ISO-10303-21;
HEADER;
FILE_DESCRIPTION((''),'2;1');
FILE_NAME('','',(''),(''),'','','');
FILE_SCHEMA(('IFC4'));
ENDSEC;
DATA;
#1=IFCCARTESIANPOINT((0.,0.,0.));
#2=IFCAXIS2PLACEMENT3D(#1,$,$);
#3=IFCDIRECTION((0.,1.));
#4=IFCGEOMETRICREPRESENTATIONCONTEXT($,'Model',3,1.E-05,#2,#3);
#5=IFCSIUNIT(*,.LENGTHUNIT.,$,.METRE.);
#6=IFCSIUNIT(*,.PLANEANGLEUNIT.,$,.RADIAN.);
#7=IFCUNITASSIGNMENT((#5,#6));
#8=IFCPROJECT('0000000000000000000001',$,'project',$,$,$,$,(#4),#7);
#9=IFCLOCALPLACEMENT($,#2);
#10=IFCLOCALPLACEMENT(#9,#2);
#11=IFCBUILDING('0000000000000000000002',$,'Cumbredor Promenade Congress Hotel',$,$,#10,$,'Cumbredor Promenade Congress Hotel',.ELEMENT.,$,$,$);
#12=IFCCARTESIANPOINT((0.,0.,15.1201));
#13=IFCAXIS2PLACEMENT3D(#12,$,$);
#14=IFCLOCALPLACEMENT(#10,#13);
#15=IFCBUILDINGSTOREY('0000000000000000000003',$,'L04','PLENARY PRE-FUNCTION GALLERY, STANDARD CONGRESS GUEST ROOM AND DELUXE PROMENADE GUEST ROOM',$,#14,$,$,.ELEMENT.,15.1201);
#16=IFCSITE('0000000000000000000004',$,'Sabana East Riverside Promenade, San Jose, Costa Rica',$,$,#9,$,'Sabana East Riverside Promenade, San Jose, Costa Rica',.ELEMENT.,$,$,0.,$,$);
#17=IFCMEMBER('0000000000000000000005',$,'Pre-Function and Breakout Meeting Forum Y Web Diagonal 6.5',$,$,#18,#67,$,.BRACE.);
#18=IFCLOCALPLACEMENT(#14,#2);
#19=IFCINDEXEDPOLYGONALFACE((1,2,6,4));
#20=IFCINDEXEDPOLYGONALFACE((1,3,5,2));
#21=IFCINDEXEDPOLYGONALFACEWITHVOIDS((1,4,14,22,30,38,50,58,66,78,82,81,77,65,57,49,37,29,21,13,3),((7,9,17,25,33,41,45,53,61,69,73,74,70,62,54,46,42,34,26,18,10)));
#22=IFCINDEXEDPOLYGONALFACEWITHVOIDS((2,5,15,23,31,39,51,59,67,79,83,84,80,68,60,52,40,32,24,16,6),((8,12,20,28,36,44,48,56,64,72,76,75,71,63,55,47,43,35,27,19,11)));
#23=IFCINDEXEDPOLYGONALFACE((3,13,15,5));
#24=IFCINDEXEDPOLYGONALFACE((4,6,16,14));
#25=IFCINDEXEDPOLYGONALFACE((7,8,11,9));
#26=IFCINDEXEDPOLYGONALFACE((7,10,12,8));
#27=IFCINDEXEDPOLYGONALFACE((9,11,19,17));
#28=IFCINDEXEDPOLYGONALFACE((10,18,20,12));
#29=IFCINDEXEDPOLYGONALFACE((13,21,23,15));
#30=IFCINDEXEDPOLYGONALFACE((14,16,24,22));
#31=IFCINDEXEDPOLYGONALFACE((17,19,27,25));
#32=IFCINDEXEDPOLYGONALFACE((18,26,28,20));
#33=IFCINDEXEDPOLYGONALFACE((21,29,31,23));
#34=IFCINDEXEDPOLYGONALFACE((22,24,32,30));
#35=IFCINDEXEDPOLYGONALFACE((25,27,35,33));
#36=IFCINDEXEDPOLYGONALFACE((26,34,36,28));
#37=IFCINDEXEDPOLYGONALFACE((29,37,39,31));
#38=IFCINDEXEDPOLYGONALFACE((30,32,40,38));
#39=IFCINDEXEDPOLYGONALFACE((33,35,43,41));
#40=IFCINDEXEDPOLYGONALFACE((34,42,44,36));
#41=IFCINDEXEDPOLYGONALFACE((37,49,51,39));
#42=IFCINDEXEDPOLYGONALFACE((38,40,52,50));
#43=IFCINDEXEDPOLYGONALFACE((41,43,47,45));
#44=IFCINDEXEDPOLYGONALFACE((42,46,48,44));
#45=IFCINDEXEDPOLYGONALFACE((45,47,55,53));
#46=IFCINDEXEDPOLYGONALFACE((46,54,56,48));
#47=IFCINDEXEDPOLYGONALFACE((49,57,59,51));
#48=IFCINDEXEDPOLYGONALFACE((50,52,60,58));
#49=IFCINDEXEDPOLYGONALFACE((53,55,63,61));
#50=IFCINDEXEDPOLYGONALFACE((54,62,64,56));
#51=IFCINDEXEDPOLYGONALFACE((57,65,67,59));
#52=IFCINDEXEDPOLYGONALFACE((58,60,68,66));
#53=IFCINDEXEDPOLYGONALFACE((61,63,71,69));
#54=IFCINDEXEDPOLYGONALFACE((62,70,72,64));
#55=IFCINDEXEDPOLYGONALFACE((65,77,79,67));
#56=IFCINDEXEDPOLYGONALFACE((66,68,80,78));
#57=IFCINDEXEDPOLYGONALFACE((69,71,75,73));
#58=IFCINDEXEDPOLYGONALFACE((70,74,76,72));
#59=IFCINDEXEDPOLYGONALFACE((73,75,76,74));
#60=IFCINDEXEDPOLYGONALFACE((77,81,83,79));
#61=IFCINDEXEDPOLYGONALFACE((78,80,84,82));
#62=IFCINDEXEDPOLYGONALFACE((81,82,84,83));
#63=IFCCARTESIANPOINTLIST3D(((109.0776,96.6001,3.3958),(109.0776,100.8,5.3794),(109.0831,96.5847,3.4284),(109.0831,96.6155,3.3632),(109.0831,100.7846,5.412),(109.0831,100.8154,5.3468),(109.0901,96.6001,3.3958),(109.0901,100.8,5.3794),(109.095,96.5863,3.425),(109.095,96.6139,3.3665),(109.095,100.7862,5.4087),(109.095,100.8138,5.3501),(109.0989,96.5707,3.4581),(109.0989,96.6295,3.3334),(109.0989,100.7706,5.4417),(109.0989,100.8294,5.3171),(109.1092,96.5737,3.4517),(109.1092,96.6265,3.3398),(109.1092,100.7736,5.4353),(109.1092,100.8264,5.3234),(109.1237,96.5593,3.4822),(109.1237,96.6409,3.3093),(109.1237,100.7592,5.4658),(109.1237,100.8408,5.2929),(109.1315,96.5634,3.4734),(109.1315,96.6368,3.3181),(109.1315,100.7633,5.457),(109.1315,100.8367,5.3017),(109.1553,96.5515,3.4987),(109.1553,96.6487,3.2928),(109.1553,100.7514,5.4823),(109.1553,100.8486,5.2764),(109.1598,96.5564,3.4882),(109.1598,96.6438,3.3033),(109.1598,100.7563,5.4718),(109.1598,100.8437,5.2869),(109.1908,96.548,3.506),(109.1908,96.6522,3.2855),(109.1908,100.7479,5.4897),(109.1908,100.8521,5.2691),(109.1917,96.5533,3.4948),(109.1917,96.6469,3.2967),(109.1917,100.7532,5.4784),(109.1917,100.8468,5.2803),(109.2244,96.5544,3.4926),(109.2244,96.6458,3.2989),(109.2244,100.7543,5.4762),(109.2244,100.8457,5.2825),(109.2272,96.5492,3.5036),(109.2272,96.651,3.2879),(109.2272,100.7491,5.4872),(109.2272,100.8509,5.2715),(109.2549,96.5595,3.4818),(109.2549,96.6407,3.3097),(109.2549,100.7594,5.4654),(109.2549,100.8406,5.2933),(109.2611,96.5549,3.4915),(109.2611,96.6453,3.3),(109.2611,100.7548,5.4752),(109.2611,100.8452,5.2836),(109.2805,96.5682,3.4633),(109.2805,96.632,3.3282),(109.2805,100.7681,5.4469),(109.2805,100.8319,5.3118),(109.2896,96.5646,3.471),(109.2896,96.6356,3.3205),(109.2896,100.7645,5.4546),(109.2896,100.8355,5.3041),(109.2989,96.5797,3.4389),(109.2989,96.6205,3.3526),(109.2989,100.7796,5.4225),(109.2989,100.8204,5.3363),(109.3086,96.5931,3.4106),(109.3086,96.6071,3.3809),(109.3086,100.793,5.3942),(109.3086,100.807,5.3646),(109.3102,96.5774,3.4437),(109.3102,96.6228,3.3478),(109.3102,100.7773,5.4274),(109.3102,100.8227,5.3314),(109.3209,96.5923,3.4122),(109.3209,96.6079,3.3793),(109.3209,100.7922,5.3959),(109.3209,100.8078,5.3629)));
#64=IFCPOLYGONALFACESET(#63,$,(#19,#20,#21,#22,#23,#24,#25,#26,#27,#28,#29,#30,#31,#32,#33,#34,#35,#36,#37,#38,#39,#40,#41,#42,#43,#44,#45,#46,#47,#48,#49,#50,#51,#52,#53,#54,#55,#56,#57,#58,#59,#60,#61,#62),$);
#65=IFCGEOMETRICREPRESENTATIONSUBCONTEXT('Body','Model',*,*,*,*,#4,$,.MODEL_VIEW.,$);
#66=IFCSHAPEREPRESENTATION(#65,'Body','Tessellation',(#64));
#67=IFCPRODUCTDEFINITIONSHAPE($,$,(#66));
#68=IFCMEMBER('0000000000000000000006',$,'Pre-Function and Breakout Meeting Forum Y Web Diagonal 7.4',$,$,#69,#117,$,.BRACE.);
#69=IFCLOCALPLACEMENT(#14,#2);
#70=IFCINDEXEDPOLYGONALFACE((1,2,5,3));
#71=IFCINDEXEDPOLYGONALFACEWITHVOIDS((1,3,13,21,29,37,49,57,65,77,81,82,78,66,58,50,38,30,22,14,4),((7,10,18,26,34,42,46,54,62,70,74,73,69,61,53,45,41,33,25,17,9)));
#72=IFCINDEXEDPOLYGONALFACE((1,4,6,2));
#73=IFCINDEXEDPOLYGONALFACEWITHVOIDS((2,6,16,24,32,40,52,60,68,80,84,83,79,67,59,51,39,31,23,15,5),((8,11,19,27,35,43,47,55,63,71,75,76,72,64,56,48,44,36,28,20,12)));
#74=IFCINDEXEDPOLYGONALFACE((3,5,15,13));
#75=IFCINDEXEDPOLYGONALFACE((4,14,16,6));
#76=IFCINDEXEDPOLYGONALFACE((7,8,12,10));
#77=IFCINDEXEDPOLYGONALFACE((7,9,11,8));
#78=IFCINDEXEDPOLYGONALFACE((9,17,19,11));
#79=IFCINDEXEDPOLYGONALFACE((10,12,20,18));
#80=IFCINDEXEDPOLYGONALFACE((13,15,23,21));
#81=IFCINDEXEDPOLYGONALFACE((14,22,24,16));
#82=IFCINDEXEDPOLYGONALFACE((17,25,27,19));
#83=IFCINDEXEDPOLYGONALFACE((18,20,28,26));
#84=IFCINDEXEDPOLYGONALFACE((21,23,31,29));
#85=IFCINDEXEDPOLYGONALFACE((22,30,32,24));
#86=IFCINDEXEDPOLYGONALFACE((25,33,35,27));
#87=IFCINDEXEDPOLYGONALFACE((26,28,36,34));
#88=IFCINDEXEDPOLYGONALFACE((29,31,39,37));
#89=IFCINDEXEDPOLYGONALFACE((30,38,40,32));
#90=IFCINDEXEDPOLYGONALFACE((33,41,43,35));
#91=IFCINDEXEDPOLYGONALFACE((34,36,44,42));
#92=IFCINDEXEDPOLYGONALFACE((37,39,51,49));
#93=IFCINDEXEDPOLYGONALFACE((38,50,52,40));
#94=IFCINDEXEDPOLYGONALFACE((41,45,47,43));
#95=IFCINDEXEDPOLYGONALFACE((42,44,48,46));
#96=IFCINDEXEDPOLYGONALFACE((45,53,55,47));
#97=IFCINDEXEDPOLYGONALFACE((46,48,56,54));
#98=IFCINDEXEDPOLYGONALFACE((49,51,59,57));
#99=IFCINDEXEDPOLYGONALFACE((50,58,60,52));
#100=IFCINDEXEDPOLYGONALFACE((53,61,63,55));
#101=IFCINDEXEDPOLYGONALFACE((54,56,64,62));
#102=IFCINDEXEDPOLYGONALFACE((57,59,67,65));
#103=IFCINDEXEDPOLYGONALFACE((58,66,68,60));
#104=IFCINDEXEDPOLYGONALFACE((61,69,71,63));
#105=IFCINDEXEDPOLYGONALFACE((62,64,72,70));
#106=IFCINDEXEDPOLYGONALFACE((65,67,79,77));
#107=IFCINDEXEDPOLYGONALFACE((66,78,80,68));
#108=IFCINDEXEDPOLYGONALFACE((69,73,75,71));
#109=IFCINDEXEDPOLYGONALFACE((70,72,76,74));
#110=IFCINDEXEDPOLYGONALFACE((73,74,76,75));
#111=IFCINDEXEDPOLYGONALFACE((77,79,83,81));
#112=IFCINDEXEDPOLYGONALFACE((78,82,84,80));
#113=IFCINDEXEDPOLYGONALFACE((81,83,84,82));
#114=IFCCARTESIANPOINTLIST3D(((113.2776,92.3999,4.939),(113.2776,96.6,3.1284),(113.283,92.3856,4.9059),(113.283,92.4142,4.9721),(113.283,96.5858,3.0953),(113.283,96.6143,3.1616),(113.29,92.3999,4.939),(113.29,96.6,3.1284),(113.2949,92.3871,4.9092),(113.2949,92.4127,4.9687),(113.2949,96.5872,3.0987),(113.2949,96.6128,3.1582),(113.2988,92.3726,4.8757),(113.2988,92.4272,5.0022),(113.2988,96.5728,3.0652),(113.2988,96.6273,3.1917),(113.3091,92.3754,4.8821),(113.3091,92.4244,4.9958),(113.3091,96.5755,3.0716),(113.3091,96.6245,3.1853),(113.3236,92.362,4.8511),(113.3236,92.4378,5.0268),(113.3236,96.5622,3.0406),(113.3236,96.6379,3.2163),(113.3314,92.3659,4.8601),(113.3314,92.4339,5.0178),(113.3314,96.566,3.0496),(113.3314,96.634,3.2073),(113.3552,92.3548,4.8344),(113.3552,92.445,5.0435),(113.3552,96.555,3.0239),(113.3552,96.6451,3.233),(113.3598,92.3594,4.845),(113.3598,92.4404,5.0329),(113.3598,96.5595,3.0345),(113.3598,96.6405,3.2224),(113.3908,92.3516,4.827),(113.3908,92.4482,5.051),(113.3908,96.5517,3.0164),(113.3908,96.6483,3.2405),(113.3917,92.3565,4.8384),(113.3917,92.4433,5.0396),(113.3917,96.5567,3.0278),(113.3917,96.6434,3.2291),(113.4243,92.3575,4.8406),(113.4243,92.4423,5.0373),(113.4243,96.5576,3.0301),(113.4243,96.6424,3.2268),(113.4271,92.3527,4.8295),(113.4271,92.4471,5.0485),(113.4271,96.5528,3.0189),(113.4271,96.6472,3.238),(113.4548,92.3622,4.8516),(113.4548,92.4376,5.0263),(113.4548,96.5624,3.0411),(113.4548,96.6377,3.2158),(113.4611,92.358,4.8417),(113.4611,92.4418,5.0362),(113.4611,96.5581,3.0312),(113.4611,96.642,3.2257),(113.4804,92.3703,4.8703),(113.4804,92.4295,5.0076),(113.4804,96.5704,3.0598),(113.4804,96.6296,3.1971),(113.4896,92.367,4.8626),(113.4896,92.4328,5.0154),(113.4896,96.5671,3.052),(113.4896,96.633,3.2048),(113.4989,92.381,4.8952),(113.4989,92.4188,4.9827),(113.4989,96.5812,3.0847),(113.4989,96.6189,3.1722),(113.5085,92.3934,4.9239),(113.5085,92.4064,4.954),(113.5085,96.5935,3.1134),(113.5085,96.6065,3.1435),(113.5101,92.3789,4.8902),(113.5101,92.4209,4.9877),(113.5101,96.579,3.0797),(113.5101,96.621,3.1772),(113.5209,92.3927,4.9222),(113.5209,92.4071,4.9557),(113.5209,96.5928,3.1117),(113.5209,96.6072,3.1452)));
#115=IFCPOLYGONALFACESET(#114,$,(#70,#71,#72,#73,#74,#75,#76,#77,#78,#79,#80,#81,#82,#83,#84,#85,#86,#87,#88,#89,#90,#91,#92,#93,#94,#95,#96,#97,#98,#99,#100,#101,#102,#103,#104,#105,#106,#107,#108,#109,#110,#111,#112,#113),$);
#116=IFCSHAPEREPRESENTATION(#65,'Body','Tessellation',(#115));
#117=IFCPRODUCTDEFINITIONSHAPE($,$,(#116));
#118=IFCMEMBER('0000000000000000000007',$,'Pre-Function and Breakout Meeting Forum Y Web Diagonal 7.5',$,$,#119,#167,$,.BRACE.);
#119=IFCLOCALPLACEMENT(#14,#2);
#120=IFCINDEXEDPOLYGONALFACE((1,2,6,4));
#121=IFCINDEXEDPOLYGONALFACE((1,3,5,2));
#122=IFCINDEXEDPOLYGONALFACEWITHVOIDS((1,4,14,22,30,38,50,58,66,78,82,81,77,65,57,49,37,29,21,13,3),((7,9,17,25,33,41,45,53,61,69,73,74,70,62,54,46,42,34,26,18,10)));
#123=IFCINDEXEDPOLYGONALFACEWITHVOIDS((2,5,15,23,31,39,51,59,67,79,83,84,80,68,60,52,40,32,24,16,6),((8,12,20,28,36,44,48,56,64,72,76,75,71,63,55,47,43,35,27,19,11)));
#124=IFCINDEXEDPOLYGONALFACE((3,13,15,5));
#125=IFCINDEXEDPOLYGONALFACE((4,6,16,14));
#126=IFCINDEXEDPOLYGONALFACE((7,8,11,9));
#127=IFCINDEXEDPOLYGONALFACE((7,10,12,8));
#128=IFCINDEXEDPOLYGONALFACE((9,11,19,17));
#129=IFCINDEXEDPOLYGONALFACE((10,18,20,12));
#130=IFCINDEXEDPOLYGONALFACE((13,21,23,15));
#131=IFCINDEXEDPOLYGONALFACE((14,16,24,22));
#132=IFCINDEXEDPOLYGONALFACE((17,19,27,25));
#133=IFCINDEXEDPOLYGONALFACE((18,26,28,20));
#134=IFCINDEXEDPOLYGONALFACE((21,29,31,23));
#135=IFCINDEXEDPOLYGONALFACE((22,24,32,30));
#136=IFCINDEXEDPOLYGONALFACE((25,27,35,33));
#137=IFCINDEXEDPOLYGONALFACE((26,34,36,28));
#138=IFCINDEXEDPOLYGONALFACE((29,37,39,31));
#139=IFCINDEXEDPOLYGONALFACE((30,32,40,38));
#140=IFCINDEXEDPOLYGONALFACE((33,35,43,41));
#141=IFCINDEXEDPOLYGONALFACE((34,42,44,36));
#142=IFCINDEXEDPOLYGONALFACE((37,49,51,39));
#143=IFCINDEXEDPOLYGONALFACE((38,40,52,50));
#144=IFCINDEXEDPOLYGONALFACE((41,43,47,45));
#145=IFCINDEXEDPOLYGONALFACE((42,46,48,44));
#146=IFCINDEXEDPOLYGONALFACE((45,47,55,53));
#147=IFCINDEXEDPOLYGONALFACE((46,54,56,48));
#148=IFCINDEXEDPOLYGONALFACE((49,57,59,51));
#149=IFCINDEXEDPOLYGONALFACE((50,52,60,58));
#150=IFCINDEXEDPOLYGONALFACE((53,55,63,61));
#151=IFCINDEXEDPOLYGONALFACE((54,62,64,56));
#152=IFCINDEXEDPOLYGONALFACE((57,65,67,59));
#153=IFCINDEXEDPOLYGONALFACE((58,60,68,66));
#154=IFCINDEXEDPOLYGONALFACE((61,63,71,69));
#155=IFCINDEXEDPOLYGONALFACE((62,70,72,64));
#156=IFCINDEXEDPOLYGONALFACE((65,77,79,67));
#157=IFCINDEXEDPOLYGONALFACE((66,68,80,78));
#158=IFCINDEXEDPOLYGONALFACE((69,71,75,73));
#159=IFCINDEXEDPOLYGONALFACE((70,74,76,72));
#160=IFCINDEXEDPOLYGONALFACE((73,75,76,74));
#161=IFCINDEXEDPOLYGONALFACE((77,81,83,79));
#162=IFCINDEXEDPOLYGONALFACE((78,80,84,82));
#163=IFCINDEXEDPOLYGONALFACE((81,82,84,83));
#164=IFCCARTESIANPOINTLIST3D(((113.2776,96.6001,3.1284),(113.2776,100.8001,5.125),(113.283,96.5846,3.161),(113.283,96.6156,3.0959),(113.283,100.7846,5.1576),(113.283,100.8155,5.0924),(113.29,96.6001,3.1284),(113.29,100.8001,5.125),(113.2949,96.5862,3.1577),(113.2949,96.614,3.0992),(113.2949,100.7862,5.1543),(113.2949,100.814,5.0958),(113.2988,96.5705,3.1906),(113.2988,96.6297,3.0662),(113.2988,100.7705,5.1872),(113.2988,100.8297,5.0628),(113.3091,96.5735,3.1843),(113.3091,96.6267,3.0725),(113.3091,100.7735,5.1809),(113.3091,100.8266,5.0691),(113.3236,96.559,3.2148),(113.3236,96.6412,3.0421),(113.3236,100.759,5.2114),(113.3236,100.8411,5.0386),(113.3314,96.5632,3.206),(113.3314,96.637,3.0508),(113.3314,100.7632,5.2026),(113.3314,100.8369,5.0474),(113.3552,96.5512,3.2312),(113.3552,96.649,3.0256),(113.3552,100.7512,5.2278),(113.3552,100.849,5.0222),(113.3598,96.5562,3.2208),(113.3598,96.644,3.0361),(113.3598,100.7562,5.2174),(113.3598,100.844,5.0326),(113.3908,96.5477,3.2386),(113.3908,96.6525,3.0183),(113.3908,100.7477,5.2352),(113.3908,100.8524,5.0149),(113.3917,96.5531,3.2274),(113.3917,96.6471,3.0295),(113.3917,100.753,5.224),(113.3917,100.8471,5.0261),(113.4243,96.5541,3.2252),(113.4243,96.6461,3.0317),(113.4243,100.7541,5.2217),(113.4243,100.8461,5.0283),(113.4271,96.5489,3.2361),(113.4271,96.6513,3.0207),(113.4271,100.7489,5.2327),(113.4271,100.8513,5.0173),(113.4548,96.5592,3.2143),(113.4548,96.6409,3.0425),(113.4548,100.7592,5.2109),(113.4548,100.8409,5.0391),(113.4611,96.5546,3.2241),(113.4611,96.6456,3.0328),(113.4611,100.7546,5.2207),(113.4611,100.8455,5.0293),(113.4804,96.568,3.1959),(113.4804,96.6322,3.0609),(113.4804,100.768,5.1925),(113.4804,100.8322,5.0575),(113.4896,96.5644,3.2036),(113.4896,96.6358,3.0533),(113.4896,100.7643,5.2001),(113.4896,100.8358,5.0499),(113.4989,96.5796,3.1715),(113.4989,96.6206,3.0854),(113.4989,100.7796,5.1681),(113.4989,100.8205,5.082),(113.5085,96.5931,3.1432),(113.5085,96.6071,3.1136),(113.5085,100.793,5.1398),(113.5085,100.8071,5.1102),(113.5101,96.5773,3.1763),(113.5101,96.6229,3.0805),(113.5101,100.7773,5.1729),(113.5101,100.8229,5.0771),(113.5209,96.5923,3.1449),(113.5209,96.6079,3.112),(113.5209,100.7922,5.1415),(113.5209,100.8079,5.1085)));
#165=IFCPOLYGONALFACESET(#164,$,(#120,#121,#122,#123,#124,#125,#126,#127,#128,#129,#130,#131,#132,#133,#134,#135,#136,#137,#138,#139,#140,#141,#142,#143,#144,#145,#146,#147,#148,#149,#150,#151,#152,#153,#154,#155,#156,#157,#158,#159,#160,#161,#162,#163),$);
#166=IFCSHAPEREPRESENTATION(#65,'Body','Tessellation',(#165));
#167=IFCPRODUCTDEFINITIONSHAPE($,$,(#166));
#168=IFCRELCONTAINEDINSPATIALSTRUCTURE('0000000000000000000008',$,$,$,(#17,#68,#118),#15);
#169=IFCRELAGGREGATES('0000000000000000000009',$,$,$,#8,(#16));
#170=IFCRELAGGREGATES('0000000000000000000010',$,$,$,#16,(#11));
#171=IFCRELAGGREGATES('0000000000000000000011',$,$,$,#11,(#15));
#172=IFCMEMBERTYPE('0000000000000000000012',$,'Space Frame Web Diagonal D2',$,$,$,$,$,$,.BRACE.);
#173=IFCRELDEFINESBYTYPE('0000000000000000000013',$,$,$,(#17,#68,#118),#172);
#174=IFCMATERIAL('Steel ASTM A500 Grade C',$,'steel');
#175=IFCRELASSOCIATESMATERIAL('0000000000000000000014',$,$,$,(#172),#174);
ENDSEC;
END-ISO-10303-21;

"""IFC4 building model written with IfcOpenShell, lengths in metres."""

from ifc_helpers import new_model, si_unit, direction, frame, origin, origin_2d, place, context, subcontext, project, spatial, hollow_circle, extrude, material, material_profile, profile_set, type_object, element, save


model = new_model("IFC4")

# Units and contexts
model_context = context("Model", 3, precision=1e-05, world=origin(), true_north=direction((0.0, 1.0)))
body_context = subcontext(model_context, "Body", "Model", "MODEL_VIEW")
ifc_project = project(units=[si_unit("LENGTHUNIT", "METRE"), si_unit("PLANEANGLEUNIT", "RADIAN")], contexts=[model_context])

# Site, building, storey
site_placement = place(None, origin())
site = spatial("IfcSite", under=ifc_project, at=site_placement, Name="Sabana East Riverside Promenade, San Jose, Costa Rica", LongName="Sabana East Riverside Promenade, San Jose, Costa Rica", CompositionType="ELEMENT", RefElevation=0.0)
building_placement = place(site_placement, origin())
building = spatial("IfcBuilding", under=site, at=building_placement, Name="Cumbredor Promenade Congress Hotel", LongName="Cumbredor Promenade Congress Hotel", CompositionType="ELEMENT")
storey_placement = place(building_placement, frame((0.0, 0.0, 15.1201)))
storey = spatial("IfcBuildingStorey", under=building, at=storey_placement, Name="L04", Description="PLENARY PRE-FUNCTION GALLERY, STANDARD CONGRESS GUEST ROOM AND DELUXE PROMENADE GUEST ROOM", CompositionType="ELEMENT", Elevation=15.1201)

# Members
ifc_material_1 = material(Name="Steel ASTM A500 Grade C", Category="steel")
ifc_material_profile_1 = material_profile(ifc_material_1, hollow_circle(Radius=0.1223, WallThickness=0.0125, at=origin_2d()), Name="CHS 244.5x12.5")
ifc_profile_set_1 = profile_set([ifc_material_profile_1], Name="Steel ASTM A500 Grade C")
member_type_1 = type_object("IfcMemberType", Name="Space Frame Web Diagonal D2", PredefinedType="BRACE", material=ifc_profile_set_1)
member_1_placement = place(storey_placement, frame((109.2, 96.6001, 3.3958), z_axis=(0.0, 0.904221, 0.427065), x_axis=(-1.0, 0.0, 0.0)))
element("IfcMember", 1, at=member_1_placement, inside=storey, type_object=member_type_1, Name="Pre-Function and Breakout Meeting Forum Y Web Diagonal 6.5", PredefinedType="BRACE", context=body_context, shape_type="SweptSolid", body=[
    extrude(hollow_circle(Radius=0.1223, WallThickness=0.0125, at=origin_2d()), origin(), (0.0, 0.0, 1.0), 4.6448),
])
member_2_placement = place(storey_placement, frame((113.3999, 92.3999, 4.939), z_axis=(0.0, 0.918315, -0.395851), x_axis=(-1.0, 0.0, 0.0)))
element("IfcMember", 2, at=member_2_placement, inside=storey, type_object=member_type_1, Name="Pre-Function and Breakout Meeting Forum Y Web Diagonal 7.4", PredefinedType="BRACE", context=body_context, shape_type="SweptSolid", body=[
    extrude(hollow_circle(Radius=0.1223, WallThickness=0.0125, at=origin_2d()), origin(), (0.0, 0.0, 1.0), 4.5737),
])
member_3_placement = place(storey_placement, frame((113.3999, 96.6001, 3.1284), z_axis=(0.0, 0.903144, 0.429338), x_axis=(-1.0, 0.0, 0.0)))
element("IfcMember", 3, at=member_3_placement, inside=storey, type_object=member_type_1, Name="Pre-Function and Breakout Meeting Forum Y Web Diagonal 7.5", PredefinedType="BRACE", context=body_context, shape_type="SweptSolid", body=[
    extrude(hollow_circle(Radius=0.1223, WallThickness=0.0125, at=origin_2d()), origin(), (0.0, 0.0, 1.0), 4.6504),
])

save(model, "model.ifc")
